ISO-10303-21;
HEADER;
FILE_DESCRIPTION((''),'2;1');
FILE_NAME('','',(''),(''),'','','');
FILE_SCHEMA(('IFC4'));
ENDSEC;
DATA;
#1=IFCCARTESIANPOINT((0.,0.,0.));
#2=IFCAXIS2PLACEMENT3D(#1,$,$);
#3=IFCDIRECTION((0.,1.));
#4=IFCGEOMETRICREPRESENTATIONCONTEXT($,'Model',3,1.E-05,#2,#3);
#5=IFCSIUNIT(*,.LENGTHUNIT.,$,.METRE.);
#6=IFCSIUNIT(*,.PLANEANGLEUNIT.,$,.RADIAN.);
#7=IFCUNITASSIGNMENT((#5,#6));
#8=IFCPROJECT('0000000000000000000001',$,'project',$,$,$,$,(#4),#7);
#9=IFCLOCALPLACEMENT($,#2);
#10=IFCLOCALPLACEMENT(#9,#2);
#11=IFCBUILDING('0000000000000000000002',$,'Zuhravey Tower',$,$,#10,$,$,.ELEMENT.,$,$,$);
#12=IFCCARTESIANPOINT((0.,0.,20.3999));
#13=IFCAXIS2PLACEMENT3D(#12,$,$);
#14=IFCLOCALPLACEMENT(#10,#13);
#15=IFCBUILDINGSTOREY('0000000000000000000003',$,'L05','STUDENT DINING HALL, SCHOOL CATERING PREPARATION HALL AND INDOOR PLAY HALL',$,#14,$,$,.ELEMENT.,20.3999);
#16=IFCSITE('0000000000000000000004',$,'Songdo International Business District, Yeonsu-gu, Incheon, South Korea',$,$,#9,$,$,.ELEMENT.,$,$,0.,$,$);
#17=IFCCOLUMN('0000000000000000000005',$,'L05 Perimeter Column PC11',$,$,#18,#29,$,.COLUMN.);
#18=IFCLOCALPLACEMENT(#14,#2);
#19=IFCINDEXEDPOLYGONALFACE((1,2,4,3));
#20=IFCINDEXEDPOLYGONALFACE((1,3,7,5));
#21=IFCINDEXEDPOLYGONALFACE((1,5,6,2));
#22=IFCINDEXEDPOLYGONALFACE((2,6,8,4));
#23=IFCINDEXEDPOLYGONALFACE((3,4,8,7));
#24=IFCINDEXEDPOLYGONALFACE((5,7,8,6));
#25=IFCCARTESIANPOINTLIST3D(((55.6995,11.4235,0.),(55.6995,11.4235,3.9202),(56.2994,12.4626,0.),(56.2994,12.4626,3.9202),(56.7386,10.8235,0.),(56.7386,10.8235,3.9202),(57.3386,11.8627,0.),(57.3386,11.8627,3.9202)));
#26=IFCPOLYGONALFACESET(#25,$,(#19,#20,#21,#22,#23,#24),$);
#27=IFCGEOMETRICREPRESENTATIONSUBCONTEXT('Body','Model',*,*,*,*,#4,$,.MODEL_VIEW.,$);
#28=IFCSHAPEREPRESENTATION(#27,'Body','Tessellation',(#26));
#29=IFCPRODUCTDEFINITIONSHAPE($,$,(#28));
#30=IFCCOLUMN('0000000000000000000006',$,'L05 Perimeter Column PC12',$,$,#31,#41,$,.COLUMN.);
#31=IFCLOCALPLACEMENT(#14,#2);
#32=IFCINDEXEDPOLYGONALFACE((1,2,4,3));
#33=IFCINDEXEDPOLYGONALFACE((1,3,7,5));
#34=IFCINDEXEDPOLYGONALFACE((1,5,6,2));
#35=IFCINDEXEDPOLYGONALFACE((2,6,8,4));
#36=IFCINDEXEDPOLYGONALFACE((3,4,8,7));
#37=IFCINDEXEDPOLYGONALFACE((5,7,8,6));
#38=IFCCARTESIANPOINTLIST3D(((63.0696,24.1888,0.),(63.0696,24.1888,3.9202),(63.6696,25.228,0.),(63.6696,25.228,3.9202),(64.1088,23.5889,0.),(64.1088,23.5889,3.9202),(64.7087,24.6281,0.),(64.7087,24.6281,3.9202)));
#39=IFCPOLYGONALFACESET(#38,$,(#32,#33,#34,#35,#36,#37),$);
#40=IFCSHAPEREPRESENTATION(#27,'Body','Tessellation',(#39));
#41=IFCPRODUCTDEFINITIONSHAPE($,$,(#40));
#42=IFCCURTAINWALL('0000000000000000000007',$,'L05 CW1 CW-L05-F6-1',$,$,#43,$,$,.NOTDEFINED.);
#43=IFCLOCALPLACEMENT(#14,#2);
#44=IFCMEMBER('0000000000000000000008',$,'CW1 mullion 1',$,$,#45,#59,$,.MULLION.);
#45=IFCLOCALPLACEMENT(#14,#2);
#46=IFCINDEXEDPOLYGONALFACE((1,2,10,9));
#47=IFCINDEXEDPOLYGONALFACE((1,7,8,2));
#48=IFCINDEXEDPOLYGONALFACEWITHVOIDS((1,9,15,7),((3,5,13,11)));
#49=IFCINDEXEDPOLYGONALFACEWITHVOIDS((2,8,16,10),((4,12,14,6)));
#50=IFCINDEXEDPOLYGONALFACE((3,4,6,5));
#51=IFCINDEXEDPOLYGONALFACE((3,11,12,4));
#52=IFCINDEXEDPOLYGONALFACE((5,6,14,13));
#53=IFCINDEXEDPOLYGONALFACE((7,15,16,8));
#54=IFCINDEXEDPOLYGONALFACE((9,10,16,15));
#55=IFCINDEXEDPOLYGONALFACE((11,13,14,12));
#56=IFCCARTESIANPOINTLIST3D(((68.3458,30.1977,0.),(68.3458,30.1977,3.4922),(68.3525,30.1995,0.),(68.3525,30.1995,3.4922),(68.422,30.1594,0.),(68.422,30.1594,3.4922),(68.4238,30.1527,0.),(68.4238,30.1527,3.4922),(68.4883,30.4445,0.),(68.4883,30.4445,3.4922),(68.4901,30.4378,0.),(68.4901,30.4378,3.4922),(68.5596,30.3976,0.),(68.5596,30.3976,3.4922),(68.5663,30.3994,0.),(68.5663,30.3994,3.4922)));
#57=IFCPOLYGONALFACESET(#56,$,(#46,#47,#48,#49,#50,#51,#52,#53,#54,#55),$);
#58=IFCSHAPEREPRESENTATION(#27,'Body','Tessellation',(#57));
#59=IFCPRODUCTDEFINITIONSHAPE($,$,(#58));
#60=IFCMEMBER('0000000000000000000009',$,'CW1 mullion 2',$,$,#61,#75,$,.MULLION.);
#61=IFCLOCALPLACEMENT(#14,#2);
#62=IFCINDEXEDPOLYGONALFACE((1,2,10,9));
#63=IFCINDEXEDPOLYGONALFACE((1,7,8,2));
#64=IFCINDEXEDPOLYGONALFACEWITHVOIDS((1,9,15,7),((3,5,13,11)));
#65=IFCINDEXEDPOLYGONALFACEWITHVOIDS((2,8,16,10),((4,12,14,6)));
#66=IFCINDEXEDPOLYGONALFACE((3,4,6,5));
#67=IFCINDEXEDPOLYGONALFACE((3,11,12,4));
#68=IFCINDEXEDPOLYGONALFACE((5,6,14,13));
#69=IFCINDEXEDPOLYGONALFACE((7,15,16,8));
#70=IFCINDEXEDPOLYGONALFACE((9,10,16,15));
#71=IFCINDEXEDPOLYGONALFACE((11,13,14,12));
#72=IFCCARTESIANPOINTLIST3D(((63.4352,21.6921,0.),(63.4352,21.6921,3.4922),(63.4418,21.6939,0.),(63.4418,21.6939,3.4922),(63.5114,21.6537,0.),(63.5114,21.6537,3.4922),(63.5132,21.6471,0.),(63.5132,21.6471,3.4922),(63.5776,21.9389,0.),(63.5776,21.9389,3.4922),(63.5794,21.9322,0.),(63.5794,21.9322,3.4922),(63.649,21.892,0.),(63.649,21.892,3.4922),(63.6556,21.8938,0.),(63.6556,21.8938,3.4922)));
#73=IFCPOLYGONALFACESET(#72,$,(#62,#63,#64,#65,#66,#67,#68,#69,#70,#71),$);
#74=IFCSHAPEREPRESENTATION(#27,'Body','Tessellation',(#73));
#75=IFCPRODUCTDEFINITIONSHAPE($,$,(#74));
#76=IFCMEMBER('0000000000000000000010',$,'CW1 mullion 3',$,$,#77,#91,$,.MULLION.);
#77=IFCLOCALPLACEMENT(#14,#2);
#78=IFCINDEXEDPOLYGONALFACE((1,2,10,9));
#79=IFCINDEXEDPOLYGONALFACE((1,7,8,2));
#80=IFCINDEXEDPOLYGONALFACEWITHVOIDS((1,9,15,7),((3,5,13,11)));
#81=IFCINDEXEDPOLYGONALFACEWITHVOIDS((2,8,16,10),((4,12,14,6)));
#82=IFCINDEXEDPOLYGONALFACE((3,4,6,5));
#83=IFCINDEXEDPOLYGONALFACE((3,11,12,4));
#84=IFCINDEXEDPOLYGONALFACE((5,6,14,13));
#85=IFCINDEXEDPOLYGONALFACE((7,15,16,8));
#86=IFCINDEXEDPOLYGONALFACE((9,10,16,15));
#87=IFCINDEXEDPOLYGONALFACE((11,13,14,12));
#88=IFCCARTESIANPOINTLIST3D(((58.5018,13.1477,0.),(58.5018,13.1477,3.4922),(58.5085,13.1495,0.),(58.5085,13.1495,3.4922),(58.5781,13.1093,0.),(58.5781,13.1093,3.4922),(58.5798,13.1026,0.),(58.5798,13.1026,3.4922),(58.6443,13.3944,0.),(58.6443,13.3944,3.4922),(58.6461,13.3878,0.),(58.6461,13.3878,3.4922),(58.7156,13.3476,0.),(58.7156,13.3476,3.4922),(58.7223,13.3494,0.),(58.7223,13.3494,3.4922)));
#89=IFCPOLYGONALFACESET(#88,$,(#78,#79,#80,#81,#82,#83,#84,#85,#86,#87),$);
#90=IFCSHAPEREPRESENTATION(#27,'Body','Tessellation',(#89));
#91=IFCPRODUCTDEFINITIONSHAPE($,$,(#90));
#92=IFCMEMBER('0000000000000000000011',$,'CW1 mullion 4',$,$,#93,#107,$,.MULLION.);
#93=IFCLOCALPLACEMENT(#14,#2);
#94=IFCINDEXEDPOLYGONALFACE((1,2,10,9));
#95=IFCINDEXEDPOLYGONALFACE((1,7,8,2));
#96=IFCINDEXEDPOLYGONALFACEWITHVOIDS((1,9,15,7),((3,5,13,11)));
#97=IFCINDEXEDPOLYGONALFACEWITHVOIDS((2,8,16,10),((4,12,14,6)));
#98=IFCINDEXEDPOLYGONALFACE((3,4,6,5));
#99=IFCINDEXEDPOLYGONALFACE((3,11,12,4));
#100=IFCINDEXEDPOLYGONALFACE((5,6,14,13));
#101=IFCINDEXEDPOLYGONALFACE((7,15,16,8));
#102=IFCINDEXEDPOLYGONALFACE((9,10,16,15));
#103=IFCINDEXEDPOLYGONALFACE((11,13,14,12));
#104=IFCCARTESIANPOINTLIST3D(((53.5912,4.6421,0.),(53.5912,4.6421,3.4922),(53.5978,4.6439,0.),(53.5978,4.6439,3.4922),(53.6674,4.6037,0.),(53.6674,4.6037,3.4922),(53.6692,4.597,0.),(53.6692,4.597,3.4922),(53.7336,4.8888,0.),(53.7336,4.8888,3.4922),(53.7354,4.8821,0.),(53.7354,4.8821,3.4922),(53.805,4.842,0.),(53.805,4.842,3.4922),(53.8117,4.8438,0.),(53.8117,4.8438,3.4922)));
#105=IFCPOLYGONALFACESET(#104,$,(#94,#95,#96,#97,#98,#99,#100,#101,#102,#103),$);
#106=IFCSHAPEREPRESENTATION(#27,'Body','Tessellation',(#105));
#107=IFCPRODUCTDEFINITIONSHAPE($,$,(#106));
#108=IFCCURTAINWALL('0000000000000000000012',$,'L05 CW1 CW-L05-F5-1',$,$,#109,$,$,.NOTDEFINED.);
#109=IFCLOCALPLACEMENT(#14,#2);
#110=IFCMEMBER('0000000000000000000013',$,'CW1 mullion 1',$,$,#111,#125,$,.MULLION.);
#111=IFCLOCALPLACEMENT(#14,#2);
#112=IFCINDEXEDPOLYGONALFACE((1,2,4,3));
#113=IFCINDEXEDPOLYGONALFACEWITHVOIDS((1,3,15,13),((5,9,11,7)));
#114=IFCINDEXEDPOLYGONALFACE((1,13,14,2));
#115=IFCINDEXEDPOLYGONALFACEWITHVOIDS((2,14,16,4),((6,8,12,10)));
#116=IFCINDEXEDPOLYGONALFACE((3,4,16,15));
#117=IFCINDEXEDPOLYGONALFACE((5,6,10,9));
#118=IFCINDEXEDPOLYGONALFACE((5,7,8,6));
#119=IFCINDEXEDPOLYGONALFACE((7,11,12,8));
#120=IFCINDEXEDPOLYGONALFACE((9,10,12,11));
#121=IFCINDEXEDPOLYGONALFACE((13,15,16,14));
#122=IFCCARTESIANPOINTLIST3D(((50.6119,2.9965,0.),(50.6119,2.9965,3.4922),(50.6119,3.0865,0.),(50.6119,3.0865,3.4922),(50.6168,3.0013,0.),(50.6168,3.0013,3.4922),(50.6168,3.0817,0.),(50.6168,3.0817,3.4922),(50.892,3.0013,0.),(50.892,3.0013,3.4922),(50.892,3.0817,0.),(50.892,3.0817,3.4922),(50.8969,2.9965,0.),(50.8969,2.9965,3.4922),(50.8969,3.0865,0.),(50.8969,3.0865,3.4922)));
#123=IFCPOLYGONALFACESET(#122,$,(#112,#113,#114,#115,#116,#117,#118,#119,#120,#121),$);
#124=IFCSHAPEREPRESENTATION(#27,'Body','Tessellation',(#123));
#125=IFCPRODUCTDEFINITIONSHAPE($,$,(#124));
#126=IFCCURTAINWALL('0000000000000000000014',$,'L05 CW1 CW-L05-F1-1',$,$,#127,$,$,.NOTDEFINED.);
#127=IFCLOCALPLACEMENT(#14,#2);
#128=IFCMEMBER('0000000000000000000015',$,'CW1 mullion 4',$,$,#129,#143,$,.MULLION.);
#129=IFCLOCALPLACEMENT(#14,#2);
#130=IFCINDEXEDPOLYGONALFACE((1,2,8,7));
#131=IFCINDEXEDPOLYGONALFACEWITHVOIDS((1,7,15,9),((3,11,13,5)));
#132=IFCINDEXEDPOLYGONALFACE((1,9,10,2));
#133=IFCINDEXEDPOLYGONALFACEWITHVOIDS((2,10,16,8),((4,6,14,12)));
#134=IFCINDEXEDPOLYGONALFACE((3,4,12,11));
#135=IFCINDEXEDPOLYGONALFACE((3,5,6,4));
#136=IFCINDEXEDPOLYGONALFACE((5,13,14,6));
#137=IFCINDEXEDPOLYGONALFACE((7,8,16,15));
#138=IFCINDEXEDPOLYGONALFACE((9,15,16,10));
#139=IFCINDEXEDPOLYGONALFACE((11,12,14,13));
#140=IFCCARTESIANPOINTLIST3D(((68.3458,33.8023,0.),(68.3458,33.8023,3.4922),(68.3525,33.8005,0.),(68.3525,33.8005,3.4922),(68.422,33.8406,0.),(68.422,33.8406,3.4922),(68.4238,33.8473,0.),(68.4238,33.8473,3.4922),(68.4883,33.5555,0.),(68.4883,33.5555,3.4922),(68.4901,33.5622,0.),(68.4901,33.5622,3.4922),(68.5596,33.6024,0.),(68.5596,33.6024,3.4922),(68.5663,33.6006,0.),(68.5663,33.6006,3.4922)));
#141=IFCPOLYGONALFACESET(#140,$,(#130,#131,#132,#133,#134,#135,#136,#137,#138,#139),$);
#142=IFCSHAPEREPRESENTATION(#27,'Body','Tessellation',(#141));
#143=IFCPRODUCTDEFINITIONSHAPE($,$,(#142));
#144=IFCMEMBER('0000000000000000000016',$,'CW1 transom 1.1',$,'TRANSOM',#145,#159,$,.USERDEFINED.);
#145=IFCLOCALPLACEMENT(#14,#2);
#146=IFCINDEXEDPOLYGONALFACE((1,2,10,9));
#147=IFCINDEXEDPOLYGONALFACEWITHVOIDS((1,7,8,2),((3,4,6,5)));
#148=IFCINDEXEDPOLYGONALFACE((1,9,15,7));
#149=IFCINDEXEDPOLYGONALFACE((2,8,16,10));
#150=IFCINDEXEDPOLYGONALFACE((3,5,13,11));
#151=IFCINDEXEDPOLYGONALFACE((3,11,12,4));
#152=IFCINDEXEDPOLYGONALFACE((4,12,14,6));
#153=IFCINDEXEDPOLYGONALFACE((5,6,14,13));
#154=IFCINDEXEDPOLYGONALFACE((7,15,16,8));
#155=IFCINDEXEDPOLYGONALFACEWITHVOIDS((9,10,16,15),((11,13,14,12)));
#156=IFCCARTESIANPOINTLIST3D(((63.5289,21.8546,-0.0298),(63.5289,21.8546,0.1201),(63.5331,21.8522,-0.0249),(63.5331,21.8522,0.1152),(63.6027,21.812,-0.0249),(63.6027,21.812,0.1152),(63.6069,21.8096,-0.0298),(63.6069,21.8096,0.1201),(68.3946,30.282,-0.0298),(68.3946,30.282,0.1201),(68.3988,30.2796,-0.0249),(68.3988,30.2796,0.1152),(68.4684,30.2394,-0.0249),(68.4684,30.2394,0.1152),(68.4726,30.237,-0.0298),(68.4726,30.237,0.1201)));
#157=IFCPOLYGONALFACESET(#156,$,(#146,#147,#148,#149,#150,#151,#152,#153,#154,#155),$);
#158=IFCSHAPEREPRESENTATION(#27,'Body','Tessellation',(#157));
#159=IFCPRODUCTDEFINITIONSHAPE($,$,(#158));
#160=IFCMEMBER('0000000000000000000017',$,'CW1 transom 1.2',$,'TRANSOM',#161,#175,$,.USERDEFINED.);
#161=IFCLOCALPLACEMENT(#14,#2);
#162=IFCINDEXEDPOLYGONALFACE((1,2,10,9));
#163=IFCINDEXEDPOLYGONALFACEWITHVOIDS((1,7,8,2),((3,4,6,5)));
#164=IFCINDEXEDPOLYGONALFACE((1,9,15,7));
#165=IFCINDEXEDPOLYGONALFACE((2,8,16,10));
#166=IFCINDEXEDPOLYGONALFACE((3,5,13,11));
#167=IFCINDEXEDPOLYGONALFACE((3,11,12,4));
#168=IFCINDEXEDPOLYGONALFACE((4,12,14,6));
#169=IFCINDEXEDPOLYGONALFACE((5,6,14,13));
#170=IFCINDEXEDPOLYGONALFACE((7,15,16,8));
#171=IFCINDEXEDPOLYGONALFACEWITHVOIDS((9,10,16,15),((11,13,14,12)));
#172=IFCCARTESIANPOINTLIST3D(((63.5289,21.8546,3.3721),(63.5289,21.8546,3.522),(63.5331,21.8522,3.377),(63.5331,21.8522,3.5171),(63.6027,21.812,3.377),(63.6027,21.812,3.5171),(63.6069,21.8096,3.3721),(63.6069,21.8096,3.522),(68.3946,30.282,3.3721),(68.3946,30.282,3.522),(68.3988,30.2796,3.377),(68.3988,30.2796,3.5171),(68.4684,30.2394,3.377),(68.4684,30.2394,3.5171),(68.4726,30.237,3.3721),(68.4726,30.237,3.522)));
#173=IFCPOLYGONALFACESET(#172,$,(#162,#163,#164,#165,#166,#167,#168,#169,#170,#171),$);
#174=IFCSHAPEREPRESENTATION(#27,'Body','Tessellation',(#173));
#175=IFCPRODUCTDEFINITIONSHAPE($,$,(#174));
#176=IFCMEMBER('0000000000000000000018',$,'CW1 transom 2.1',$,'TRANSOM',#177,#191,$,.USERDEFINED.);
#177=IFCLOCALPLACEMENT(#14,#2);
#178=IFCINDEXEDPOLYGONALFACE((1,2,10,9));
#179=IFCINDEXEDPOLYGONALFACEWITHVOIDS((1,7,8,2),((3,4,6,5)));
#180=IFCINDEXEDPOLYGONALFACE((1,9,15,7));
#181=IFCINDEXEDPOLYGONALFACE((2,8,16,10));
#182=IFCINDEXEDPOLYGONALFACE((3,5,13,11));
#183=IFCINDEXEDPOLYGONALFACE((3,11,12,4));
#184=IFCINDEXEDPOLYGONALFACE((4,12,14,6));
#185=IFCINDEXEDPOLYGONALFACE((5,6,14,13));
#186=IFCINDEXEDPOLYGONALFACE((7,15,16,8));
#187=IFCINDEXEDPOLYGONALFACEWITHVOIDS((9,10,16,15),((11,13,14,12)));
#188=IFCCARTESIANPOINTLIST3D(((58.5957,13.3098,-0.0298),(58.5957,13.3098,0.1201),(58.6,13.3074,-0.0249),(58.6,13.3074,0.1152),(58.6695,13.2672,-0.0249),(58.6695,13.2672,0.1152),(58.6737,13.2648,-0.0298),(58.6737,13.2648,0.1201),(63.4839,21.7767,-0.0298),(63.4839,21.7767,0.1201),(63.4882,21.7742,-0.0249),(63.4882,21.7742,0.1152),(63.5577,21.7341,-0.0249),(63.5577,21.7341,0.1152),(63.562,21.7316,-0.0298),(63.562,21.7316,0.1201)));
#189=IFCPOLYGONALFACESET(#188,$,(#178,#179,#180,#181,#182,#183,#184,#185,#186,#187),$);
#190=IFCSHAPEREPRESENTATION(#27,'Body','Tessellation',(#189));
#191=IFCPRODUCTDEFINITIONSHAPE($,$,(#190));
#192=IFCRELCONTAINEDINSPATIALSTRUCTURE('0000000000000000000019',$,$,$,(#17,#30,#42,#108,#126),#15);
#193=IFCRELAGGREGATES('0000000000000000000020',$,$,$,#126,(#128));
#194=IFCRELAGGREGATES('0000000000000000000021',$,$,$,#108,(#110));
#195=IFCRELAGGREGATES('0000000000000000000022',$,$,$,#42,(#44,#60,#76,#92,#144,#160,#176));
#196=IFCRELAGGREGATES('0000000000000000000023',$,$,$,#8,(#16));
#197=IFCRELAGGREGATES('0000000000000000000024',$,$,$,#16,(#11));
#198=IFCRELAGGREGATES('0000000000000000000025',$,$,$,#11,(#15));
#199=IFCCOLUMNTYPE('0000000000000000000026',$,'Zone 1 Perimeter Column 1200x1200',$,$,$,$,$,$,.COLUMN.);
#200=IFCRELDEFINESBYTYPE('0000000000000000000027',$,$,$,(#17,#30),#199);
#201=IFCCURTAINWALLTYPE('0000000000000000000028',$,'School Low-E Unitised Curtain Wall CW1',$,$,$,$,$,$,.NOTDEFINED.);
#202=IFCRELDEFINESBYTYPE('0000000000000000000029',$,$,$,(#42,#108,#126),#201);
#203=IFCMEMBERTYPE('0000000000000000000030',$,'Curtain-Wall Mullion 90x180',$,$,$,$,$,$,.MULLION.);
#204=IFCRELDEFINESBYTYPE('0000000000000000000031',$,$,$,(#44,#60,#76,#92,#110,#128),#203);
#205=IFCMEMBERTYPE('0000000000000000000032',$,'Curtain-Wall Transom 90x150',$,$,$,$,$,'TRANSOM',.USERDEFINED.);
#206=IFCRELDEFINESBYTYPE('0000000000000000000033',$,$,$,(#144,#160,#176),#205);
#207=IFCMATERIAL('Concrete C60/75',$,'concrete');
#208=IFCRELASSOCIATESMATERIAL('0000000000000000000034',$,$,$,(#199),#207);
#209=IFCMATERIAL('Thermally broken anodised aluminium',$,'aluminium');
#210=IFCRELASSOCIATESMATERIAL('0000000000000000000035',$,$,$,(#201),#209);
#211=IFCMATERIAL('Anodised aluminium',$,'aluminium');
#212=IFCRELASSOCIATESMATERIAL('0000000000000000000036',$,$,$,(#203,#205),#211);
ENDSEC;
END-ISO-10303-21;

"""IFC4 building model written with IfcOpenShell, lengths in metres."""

from ifc_helpers import new_model, si_unit, direction, frame, origin, origin_2d, place, context, subcontext, project, spatial, rectangle, hollow_rectangle, extrude, material, material_profile, profile_set, type_object, element, aggregate, save


model = new_model("IFC4")

# Units and contexts
model_context = context("Model", 3, precision=1e-05, world=origin(), true_north=direction((0.0, 1.0)))
body_context = subcontext(model_context, "Body", "Model", "MODEL_VIEW")
ifc_project = project(units=[si_unit("LENGTHUNIT", "METRE"), si_unit("PLANEANGLEUNIT", "RADIAN")], contexts=[model_context])

# Site, building, storey
site_placement = place(None, origin())
site = spatial("IfcSite", under=ifc_project, at=site_placement, Name="Songdo International Business District, Yeonsu-gu, Incheon, South Korea", CompositionType="ELEMENT", RefElevation=0.0)
building_placement = place(site_placement, origin())
building = spatial("IfcBuilding", under=site, at=building_placement, Name="Zuhravey Tower", CompositionType="ELEMENT")
storey_placement = place(building_placement, frame((0.0, 0.0, 20.3999)))
storey = spatial("IfcBuildingStorey", under=building, at=storey_placement, Name="L05", Description="STUDENT DINING HALL, SCHOOL CATERING PREPARATION HALL AND INDOOR PLAY HALL", CompositionType="ELEMENT", Elevation=20.3999)

# Columns
ifc_material_1 = material(Name="Concrete C60/75", Category="concrete")
ifc_material_profile_1 = material_profile(ifc_material_1, rectangle(XDim=1.2, YDim=1.2, at=origin_2d()), Name="RC-1200x1200")
ifc_profile_set_1 = profile_set([ifc_material_profile_1], Name="Concrete C60/75")
column_type = type_object("IfcColumnType", Name="Zone 1 Perimeter Column 1200x1200", PredefinedType="COLUMN", material=ifc_profile_set_1)
for number, where, z_axis, x_axis, name in (
    (1, (56.519, 11.6431, 0.0), (0.0, 0.0, 1.0), (0.5, 0.866025, 0.0), "L05 Perimeter Column PC11"),
    (2, (63.8892, 24.4084, 0.0), (0.0, 0.0, 1.0), (0.5, 0.866025, 0.0), "L05 Perimeter Column PC12"),
):
    element("IfcColumn", number, at=place(storey_placement, frame(where, z_axis=z_axis, x_axis=x_axis)), inside=storey, type_object=column_type, Name=name, PredefinedType="COLUMN", context=body_context, shape_type="SweptSolid", body=[
        extrude(rectangle(XDim=1.2, YDim=1.2, at=origin_2d()), origin(), (0.0, 0.0, 1.0), 3.9202),
    ])

# Curtain wall, members
ifc_material_2 = material(Name="Thermally broken anodised aluminium", Category="aluminium")
curtain_wall_type = type_object("IfcCurtainWallType", Name="School Low-E Unitised Curtain Wall CW1", PredefinedType="NOTDEFINED", material=ifc_material_2)
curtain_wall_1_placement = place(storey_placement, origin())
curtain_wall_1 = element("IfcCurtainWall", 3, at=curtain_wall_1_placement, inside=storey, type_object=curtain_wall_type, Name="L05 CW1 CW-L05-F6-1", PredefinedType="NOTDEFINED")
ifc_material_3 = material(Name="Anodised aluminium", Category="aluminium")
ifc_material_profile_2 = material_profile(ifc_material_3, hollow_rectangle(XDim=0.0901, YDim=0.2849, WallThickness=0.0049, at=origin_2d()), Name="ALU-RHS-90x285x5")
ifc_profile_set_2 = profile_set([ifc_material_profile_2], Name="Anodised aluminium")
member_type_1 = type_object("IfcMemberType", Name="Curtain-Wall Mullion 90x180", PredefinedType="MULLION", material=ifc_profile_set_2)
member_1_placement = place(storey_placement, frame((68.4561, 30.2986, 0.0), z_axis=(0.0, 0.0, 1.0), x_axis=(0.866026, -0.5, 0.0)))
member_1 = element("IfcMember", 4, at=member_1_placement, type_object=member_type_1, Name="CW1 mullion 1", PredefinedType="MULLION", context=body_context, shape_type="SweptSolid", body=[
    extrude(hollow_rectangle(XDim=0.0901, YDim=0.2849, WallThickness=0.0049, at=origin_2d()), origin(), (0.0, 0.0, 1.0), 3.4922),
])
member_2_placement = place(storey_placement, frame((63.5454, 21.793, 0.0), z_axis=(0.0, 0.0, 1.0), x_axis=(0.866026, -0.5, 0.0)))
member_2 = element("IfcMember", 5, at=member_2_placement, type_object=member_type_1, Name="CW1 mullion 2", PredefinedType="MULLION", context=body_context, shape_type="SweptSolid", body=[
    extrude(hollow_rectangle(XDim=0.0901, YDim=0.2849, WallThickness=0.0049, at=origin_2d()), origin(), (0.0, 0.0, 1.0), 3.4922),
])
member_3_placement = place(storey_placement, frame((58.6121, 13.2485, 0.0), z_axis=(0.0, 0.0, 1.0), x_axis=(0.866026, -0.5, 0.0)))
member_3 = element("IfcMember", 6, at=member_3_placement, type_object=member_type_1, Name="CW1 mullion 3", PredefinedType="MULLION", context=body_context, shape_type="SweptSolid", body=[
    extrude(hollow_rectangle(XDim=0.0901, YDim=0.2849, WallThickness=0.0049, at=origin_2d()), origin(), (0.0, 0.0, 1.0), 3.4922),
])
member_4_placement = place(storey_placement, frame((53.7014, 4.7429, 0.0), z_axis=(0.0, 0.0, 1.0), x_axis=(0.866026, -0.5, 0.0)))
member_4 = element("IfcMember", 7, at=member_4_placement, type_object=member_type_1, Name="CW1 mullion 4", PredefinedType="MULLION", context=body_context, shape_type="SweptSolid", body=[
    extrude(hollow_rectangle(XDim=0.0901, YDim=0.2849, WallThickness=0.0049, at=origin_2d()), origin(), (0.0, 0.0, 1.0), 3.4922),
])

# Curtain walls, members
curtain_wall_2_placement = place(storey_placement, origin())
curtain_wall_2 = element("IfcCurtainWall", 8, at=curtain_wall_2_placement, inside=storey, type_object=curtain_wall_type, Name="L05 CW1 CW-L05-F5-1", PredefinedType="NOTDEFINED")
member_5_placement = place(storey_placement, frame((50.7544, 3.0415, 0.0), z_axis=(0.0, 0.0, 1.0), x_axis=(0.0, -1.0, 0.0)))
member_5 = element("IfcMember", 9, at=member_5_placement, type_object=member_type_1, Name="CW1 mullion 1", PredefinedType="MULLION", context=body_context, shape_type="SweptSolid", body=[
    extrude(hollow_rectangle(XDim=0.0901, YDim=0.2849, WallThickness=0.0049, at=origin_2d()), origin(), (0.0, 0.0, 1.0), 3.4922),
])
curtain_wall_3_placement = place(storey_placement, origin())
curtain_wall_3 = element("IfcCurtainWall", 10, at=curtain_wall_3_placement, inside=storey, type_object=curtain_wall_type, Name="L05 CW1 CW-L05-F1-1", PredefinedType="NOTDEFINED")
member_6_placement = place(storey_placement, frame((68.4561, 33.7014, 0.0), z_axis=(0.0, 0.0, 1.0), x_axis=(0.866026, 0.5, 0.0)))
member_6 = element("IfcMember", 11, at=member_6_placement, type_object=member_type_1, Name="CW1 mullion 4", PredefinedType="MULLION", context=body_context, shape_type="SweptSolid", body=[
    extrude(hollow_rectangle(XDim=0.0901, YDim=0.2849, WallThickness=0.0049, at=origin_2d()), origin(), (0.0, 0.0, 1.0), 3.4922),
])
aggregate(curtain_wall_3, [member_6])

# Members
ifc_material_profile_3 = material_profile(ifc_material_3, hollow_rectangle(XDim=0.0901, YDim=0.1499, WallThickness=0.0049, at=origin_2d()), Name="ALU-RHS-90x150x5")
ifc_profile_set_3 = profile_set([ifc_material_profile_3], Name="Anodised aluminium")
member_type_2 = type_object("IfcMemberType", Name="Curtain-Wall Transom 90x150", ElementType="TRANSOM", PredefinedType="USERDEFINED", material=ifc_profile_set_3)
member_7_placement = place(storey_placement, frame((68.4336, 30.2595, 0.0452), z_axis=(-0.500008, -0.866021, 0.0), x_axis=(0.866021, -0.500008, 0.0)))
member_7 = element("IfcMember", 12, at=member_7_placement, type_object=member_type_2, Name="CW1 transom 1.1", ObjectType="TRANSOM", PredefinedType="USERDEFINED", context=body_context, shape_type="SweptSolid", body=[
    extrude(hollow_rectangle(XDim=0.0901, YDim=0.1499, WallThickness=0.0049, at=origin_2d()), origin(), (0.0, 0.0, 1.0), 9.7312),
])
member_8_placement = place(storey_placement, frame((68.4336, 30.2595, 3.447), z_axis=(-0.500008, -0.866021, 0.0), x_axis=(0.866021, -0.500008, 0.0)))
member_8 = element("IfcMember", 13, at=member_8_placement, type_object=member_type_2, Name="CW1 transom 1.2", ObjectType="TRANSOM", PredefinedType="USERDEFINED", context=body_context, shape_type="SweptSolid", body=[
    extrude(hollow_rectangle(XDim=0.0901, YDim=0.1499, WallThickness=0.0049, at=origin_2d()), origin(), (0.0, 0.0, 1.0), 9.7312),
])
member_9_placement = place(storey_placement, frame((63.5229, 21.7542, 0.0452), z_axis=(-0.49999, -0.866031, 0.0), x_axis=(0.866031, -0.49999, 0.0)))
member_9 = element("IfcMember", 14, at=member_9_placement, type_object=member_type_2, Name="CW1 transom 2.1", ObjectType="TRANSOM", PredefinedType="USERDEFINED", context=body_context, shape_type="SweptSolid", body=[
    extrude(hollow_rectangle(XDim=0.0901, YDim=0.1499, WallThickness=0.0049, at=origin_2d()), origin(), (0.0, 0.0, 1.0), 9.7766),
])
aggregate(curtain_wall_2, [member_5])

aggregate(curtain_wall_1, [member_1, member_2, member_3, member_4, member_7, member_8, member_9])

save(model, "model.ifc")
